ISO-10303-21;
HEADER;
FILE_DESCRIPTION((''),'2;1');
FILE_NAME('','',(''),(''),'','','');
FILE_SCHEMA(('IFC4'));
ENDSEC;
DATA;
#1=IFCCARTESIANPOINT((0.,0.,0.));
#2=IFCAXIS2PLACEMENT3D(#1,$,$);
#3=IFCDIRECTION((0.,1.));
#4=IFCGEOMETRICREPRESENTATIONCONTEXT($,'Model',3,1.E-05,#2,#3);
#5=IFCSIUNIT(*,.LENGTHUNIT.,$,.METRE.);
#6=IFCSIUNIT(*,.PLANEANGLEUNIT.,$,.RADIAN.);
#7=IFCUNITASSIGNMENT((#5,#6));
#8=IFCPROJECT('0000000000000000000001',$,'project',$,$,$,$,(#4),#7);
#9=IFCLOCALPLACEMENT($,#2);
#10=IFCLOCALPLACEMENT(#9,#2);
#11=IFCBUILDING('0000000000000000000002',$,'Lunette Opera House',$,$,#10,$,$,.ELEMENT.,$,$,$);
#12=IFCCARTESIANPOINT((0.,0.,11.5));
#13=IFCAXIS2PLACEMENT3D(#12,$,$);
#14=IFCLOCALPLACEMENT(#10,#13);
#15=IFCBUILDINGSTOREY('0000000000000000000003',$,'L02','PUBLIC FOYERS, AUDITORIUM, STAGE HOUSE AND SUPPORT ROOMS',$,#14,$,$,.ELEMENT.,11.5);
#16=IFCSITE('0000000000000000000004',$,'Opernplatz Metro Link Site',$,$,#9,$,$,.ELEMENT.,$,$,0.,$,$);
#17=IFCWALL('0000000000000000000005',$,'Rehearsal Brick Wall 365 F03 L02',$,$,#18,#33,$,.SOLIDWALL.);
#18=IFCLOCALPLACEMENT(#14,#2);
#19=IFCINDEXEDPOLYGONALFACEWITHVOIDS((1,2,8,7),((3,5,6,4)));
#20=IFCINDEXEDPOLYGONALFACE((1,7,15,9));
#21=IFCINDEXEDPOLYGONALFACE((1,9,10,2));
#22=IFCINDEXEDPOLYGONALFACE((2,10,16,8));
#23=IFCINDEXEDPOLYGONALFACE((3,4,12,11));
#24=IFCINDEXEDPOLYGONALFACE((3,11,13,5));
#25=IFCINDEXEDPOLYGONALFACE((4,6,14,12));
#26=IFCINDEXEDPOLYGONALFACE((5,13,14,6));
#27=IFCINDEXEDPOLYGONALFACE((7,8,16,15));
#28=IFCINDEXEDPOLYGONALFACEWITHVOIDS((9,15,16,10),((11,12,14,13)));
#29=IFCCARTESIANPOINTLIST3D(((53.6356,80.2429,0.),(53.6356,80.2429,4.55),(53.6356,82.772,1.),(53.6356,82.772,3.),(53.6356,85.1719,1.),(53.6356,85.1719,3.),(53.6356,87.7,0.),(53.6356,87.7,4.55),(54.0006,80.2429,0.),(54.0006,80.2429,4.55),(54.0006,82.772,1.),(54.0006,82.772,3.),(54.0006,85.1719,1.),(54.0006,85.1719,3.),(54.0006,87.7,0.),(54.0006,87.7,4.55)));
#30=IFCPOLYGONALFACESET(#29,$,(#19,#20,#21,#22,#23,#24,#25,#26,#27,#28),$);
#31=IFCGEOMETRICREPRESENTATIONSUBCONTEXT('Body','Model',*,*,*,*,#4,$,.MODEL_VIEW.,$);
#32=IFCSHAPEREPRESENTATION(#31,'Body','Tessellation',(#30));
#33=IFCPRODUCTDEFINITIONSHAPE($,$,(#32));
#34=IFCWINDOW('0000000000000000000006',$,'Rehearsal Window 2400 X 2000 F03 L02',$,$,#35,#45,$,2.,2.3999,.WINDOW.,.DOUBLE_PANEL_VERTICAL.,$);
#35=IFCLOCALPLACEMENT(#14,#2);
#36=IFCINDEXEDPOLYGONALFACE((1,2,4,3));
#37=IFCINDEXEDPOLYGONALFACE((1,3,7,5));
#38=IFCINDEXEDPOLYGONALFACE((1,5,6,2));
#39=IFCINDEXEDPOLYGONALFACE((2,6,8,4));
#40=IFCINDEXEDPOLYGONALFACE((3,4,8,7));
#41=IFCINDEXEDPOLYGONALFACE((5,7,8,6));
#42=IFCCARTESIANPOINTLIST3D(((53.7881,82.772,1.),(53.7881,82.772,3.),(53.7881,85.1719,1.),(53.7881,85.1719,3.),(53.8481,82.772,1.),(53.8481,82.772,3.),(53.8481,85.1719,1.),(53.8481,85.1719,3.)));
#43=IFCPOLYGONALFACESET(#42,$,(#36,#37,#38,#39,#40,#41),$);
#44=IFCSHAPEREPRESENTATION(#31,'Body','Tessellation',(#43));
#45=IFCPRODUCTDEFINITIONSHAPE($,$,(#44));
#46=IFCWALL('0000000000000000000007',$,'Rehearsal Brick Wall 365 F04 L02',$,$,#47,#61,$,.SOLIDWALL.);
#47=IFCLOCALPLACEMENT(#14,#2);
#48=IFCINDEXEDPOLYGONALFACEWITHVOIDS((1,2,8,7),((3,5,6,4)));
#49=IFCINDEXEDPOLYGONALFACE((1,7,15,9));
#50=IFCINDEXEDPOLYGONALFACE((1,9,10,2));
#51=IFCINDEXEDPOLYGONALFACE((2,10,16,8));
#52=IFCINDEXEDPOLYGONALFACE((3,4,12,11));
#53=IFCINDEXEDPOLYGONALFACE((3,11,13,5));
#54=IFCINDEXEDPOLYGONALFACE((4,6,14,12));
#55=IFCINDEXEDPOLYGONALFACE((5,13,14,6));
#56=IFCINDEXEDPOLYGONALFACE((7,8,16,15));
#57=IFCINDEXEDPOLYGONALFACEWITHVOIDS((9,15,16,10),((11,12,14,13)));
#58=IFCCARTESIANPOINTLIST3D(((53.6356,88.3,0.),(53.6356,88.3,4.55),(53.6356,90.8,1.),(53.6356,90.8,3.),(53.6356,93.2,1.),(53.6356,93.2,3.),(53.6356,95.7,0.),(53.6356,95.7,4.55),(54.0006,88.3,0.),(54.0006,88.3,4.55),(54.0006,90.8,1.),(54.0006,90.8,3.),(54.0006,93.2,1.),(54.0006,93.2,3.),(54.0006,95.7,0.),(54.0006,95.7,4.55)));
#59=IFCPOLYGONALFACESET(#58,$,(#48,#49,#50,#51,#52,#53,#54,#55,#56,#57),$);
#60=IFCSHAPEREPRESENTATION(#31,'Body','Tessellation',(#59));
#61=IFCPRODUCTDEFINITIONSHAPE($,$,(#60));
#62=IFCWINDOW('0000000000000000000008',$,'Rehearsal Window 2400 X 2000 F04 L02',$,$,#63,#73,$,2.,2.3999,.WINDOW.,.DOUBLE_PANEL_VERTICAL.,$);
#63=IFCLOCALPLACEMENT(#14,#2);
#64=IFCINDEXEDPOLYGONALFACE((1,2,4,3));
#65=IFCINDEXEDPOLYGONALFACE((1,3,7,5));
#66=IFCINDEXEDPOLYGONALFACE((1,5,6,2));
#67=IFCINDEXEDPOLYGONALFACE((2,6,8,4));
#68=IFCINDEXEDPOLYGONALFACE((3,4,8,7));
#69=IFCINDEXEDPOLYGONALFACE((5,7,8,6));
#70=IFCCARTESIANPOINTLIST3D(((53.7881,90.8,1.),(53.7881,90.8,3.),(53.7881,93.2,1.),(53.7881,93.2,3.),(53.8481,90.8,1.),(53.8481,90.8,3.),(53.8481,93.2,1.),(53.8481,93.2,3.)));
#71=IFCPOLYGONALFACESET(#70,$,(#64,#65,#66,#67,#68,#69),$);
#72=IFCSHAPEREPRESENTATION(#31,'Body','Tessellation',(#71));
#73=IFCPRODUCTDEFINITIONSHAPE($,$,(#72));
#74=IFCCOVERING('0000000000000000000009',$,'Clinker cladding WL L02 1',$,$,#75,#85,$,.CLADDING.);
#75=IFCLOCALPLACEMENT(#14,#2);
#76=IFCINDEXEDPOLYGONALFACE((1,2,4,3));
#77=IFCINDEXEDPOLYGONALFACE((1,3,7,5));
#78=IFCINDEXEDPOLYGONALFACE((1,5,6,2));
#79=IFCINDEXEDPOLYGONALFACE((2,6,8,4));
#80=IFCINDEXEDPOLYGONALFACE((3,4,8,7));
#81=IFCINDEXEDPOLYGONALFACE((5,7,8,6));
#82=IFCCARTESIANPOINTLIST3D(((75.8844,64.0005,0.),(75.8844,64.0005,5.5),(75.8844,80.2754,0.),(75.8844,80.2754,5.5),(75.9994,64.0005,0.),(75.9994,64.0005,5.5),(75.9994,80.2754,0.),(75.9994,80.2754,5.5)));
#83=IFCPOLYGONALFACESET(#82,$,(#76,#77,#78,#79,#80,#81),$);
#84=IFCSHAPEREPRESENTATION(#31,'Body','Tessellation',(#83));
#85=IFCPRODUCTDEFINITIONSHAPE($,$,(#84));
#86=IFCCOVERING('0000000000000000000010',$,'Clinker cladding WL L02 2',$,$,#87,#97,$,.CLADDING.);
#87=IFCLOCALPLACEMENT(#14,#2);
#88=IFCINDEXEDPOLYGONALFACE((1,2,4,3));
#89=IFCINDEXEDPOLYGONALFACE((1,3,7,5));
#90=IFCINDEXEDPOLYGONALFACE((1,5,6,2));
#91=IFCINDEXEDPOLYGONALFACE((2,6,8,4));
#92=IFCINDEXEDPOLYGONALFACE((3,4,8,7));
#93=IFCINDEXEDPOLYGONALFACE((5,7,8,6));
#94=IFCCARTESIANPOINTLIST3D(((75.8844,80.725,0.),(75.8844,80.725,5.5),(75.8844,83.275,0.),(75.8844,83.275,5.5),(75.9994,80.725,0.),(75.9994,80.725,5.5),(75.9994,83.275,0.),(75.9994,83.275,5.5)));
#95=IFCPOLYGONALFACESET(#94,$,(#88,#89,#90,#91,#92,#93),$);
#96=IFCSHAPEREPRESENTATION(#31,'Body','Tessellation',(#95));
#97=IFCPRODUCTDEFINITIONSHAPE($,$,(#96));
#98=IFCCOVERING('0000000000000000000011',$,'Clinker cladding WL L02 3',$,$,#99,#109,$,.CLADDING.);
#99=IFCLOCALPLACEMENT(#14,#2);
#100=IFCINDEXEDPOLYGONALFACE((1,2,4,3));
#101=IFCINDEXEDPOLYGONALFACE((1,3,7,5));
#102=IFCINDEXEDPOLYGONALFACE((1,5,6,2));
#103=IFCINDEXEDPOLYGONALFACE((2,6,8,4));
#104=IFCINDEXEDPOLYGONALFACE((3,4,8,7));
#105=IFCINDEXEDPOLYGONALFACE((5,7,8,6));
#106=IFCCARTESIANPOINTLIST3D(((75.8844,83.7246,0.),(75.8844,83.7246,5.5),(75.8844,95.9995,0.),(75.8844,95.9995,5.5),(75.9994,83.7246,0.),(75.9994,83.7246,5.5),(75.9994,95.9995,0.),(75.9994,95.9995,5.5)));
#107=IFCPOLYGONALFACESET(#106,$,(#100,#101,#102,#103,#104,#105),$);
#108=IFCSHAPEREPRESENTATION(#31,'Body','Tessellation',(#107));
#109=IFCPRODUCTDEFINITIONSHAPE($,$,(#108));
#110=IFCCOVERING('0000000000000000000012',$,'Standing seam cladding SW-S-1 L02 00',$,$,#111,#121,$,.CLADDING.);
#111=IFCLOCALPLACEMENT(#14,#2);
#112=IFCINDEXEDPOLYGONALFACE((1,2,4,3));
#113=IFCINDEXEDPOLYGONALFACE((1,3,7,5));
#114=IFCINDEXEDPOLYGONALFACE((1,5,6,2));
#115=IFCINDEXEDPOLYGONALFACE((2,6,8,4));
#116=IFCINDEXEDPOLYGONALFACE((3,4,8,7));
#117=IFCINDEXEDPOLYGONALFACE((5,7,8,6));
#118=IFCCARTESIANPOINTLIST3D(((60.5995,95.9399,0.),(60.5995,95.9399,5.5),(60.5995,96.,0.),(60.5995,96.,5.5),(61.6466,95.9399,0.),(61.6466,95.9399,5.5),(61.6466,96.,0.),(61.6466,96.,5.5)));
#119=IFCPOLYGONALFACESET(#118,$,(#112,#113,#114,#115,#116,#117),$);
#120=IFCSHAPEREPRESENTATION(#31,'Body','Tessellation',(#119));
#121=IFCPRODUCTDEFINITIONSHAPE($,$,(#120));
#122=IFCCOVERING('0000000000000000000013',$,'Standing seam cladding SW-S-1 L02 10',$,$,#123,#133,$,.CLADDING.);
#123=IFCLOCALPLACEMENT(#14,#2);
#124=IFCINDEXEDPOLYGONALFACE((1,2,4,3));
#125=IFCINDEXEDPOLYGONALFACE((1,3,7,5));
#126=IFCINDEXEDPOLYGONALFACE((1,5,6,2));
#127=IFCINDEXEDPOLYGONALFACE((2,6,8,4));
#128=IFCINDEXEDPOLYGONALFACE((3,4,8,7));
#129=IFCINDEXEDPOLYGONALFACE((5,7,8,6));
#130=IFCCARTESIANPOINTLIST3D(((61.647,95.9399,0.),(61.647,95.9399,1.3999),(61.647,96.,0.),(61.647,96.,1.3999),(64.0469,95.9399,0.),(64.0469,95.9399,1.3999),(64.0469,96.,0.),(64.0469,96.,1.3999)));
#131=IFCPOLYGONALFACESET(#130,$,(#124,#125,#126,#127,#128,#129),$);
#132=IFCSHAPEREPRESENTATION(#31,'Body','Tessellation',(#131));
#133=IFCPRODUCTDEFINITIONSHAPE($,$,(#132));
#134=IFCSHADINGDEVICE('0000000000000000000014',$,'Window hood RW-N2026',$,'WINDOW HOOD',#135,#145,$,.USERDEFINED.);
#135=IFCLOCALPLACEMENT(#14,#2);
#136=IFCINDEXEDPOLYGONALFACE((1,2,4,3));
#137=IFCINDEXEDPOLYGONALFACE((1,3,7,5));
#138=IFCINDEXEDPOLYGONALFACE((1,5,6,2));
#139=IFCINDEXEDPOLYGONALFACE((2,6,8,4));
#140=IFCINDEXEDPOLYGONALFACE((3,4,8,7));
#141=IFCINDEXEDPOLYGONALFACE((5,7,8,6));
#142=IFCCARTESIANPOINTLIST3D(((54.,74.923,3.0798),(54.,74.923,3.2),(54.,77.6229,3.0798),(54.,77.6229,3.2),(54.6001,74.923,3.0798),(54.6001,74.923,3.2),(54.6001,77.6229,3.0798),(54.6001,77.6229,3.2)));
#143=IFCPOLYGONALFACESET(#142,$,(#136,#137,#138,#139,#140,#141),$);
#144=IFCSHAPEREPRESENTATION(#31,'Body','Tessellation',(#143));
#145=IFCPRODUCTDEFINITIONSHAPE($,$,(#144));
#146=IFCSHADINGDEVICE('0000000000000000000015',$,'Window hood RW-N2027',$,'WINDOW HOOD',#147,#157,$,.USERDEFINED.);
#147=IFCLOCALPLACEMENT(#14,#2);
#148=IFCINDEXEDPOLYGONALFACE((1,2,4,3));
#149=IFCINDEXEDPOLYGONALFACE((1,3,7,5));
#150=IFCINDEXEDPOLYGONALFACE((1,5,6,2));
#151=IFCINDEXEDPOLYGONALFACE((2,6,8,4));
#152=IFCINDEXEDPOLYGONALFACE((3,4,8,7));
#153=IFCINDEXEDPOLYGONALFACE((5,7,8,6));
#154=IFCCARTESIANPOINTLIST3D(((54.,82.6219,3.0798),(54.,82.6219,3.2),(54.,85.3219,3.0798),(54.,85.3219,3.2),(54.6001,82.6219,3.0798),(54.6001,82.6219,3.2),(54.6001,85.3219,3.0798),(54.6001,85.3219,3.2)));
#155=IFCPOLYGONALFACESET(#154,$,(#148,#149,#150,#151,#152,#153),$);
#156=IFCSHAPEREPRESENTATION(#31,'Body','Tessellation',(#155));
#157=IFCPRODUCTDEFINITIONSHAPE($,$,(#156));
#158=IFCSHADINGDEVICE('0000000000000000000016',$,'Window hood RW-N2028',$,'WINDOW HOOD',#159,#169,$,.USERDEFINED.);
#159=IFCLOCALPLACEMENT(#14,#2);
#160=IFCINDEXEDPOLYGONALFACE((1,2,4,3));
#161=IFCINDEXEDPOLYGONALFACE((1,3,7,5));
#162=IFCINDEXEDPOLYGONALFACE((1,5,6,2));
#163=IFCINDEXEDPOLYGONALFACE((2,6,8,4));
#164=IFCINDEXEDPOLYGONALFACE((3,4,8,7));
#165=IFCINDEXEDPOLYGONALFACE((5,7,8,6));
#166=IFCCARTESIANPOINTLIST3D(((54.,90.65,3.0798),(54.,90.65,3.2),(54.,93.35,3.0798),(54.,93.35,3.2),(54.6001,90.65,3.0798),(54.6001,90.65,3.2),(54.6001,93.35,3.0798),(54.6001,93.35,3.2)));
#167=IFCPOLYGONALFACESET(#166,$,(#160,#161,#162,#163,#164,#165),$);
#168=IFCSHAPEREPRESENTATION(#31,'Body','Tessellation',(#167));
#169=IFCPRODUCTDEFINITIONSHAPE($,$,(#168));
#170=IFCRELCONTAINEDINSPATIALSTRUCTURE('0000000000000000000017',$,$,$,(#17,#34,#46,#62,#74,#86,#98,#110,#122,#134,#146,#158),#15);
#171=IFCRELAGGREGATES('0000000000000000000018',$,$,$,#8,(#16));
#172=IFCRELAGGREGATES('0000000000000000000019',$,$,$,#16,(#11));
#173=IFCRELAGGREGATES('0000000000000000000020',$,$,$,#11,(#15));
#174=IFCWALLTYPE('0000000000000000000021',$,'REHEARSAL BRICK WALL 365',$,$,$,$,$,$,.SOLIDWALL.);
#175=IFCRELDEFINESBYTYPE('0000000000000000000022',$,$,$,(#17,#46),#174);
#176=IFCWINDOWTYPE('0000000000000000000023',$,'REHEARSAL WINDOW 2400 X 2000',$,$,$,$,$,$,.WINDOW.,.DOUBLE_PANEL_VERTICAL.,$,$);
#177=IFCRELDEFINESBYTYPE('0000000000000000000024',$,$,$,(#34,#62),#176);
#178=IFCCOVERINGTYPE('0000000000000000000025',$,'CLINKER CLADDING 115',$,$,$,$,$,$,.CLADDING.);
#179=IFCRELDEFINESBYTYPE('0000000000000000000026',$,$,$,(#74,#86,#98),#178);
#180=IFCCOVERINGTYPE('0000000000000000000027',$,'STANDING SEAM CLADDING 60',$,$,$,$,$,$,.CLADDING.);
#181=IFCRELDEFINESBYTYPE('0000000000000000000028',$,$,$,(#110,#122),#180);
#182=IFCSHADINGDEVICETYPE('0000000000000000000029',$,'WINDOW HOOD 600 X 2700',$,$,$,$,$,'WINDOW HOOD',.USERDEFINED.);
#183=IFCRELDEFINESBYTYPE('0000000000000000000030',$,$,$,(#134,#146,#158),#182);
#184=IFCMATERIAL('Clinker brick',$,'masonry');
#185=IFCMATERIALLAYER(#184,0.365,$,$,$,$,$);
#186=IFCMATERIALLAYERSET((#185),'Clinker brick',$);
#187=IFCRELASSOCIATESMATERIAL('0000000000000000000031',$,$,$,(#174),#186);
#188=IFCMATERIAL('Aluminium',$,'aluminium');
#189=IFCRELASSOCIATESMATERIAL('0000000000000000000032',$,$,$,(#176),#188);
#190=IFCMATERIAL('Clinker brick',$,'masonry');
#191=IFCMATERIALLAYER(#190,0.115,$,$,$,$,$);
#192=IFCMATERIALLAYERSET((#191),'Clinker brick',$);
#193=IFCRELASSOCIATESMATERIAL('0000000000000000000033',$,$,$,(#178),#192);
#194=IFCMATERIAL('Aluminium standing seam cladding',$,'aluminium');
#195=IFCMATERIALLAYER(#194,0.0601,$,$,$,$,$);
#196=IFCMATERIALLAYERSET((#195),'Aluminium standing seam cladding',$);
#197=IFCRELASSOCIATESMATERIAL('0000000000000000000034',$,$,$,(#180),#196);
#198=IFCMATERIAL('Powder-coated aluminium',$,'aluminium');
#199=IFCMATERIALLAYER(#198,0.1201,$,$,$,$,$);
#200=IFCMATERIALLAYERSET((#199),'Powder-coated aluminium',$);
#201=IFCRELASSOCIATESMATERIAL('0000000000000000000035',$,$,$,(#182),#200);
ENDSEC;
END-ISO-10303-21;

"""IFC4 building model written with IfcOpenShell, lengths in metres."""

from ifc_helpers import new_model, si_unit, direction, frame, frame_2d, origin, origin_2d, place, context, subcontext, project, spatial, rectangle, extrude, material, layer, layer_set, type_object, element, fill, save


model = new_model("IFC4")

# Units and contexts
model_context = context("Model", 3, precision=1e-05, world=origin(), true_north=direction((0.0, 1.0)))
body_context = subcontext(model_context, "Body", "Model", "MODEL_VIEW")
ifc_project = project(units=[si_unit("LENGTHUNIT", "METRE"), si_unit("PLANEANGLEUNIT", "RADIAN")], contexts=[model_context])

# Site, building, storey
site_placement = place(None, origin())
site = spatial("IfcSite", under=ifc_project, at=site_placement, Name="Opernplatz Metro Link Site", CompositionType="ELEMENT", RefElevation=0.0)
building_placement = place(site_placement, origin())
building = spatial("IfcBuilding", under=site, at=building_placement, Name="Lunette Opera House", CompositionType="ELEMENT")
storey_placement = place(building_placement, frame((0.0, 0.0, 11.5)))
storey = spatial("IfcBuildingStorey", under=building, at=storey_placement, Name="L02", Description="PUBLIC FOYERS, AUDITORIUM, STAGE HOUSE AND SUPPORT ROOMS", CompositionType="ELEMENT", Elevation=11.5)

# Walls, openings, windows
ifc_material_1 = material(Name="Clinker brick", Category="masonry")
ifc_layer_1 = layer(ifc_material_1, 0.365)
ifc_layer_set_1 = layer_set([ifc_layer_1], Name="Clinker brick")
wall_type_1 = type_object("IfcWallType", Name="REHEARSAL BRICK WALL 365", PredefinedType="SOLIDWALL", material=ifc_layer_set_1)
ifc_material_2 = material(Name="Aluminium", Category="aluminium")
window_type_1 = type_object("IfcWindowType", Name="REHEARSAL WINDOW 2400 X 2000", PartitioningType="DOUBLE_PANEL_VERTICAL", PredefinedType="WINDOW", material=ifc_material_2)
wall_1_placement = place(storey_placement, frame((53.8181, 80.2429, 0.0), z_axis=(0.0, 0.0, 1.0), x_axis=(0.0, 1.0, 0.0)))
wall_1 = element("IfcWall", 1, at=wall_1_placement, inside=storey, type_object=wall_type_1, Name="Rehearsal Brick Wall 365 F03 L02", PredefinedType="SOLIDWALL", context=body_context, shape_type="SweptSolid", body=[
    extrude(rectangle(XDim=7.457, YDim=0.365, at=frame_2d((3.7285, 0.0))), origin(), (0.0, 0.0, 1.0), 4.55),
])
opening_1_placement = place(wall_1_placement, frame((2.5291, 0.0, 1.0)))
opening_1 = element("IfcOpeningElement", 2, at=opening_1_placement, cuts=wall_1, PredefinedType="OPENING", context=body_context, shape_type="SweptSolid", body=[
    extrude(rectangle(XDim=2.3999, YDim=2.0, at=frame_2d((1.2, 1.0))), frame((0.0, 0.1946, 0.0), z_axis=(0.0, -1.0, 0.0), x_axis=(1.0, 0.0, 0.0)), (0.0, 0.0, 1.0), 0.3889),
])
window_1_placement = place(opening_1_placement, origin())
window_1 = element("IfcWindow", 3, at=window_1_placement, inside=storey, type_object=window_type_1, Name="Rehearsal Window 2400 X 2000 F03 L02", OverallHeight=2.0, OverallWidth=2.3999, PartitioningType="DOUBLE_PANEL_VERTICAL", PredefinedType="WINDOW", context=body_context, shape_type="SweptSolid", body=[
    extrude(rectangle(XDim=2.3999, YDim=2.0, at=frame_2d((1.2, 1.0))), frame((0.0, 0.03, 0.0), z_axis=(0.0, -1.0, 0.0), x_axis=(1.0, 0.0, 0.0)), (0.0, 0.0, 1.0), 0.0601),
])
fill(opening_1, window_1)
wall_2_placement = place(storey_placement, frame((53.8181, 88.3, 0.0), z_axis=(0.0, 0.0, 1.0), x_axis=(0.0, 1.0, 0.0)))
wall_2 = element("IfcWall", 4, at=wall_2_placement, inside=storey, type_object=wall_type_1, Name="Rehearsal Brick Wall 365 F04 L02", PredefinedType="SOLIDWALL", context=body_context, shape_type="SweptSolid", body=[
    extrude(rectangle(XDim=7.3999, YDim=0.365, at=frame_2d((3.7, 0.0))), origin(), (0.0, 0.0, 1.0), 4.55),
])
opening_2_placement = place(wall_2_placement, frame((2.5, 0.0, 1.0)))
opening_2 = element("IfcOpeningElement", 5, at=opening_2_placement, cuts=wall_2, PredefinedType="OPENING", context=body_context, shape_type="SweptSolid", body=[
    extrude(rectangle(XDim=2.3999, YDim=2.0, at=frame_2d((1.2, 1.0))), frame((0.0, 0.1946, 0.0), z_axis=(0.0, -1.0, 0.0), x_axis=(1.0, 0.0, 0.0)), (0.0, 0.0, 1.0), 0.3889),
])
window_2_placement = place(opening_2_placement, origin())
window_2 = element("IfcWindow", 6, at=window_2_placement, inside=storey, type_object=window_type_1, Name="Rehearsal Window 2400 X 2000 F04 L02", OverallHeight=2.0, OverallWidth=2.3999, PartitioningType="DOUBLE_PANEL_VERTICAL", PredefinedType="WINDOW", context=body_context, shape_type="SweptSolid", body=[
    extrude(rectangle(XDim=2.3999, YDim=2.0, at=frame_2d((1.2, 1.0))), frame((0.0, 0.03, 0.0), z_axis=(0.0, -1.0, 0.0), x_axis=(1.0, 0.0, 0.0)), (0.0, 0.0, 1.0), 0.0601),
])
fill(opening_2, window_2)

# Coverings
ifc_material_3 = material(Name="Clinker brick", Category="masonry")
ifc_layer_2 = layer(ifc_material_3, 0.115)
ifc_layer_set_2 = layer_set([ifc_layer_2], Name="Clinker brick")
covering_type_1 = type_object("IfcCoveringType", Name="CLINKER CLADDING 115", PredefinedType="CLADDING", material=ifc_layer_set_2)
covering_1_placement = place(storey_placement, frame((75.9419, 72.1379, 0.0), z_axis=(0.0, 0.0, 1.0), x_axis=(1.0, 0.0, 0.0)))
element("IfcCovering", 7, at=covering_1_placement, inside=storey, type_object=covering_type_1, Name="Clinker cladding WL L02 1", PredefinedType="CLADDING", context=body_context, shape_type="SweptSolid", body=[
    extrude(rectangle(XDim=0.115, YDim=16.2749, at=origin_2d()), origin(), (0.0, 0.0, 1.0), 5.5),
])
covering_2_placement = place(storey_placement, frame((75.9419, 82.0, 0.0), z_axis=(0.0, 0.0, 1.0), x_axis=(1.0, 0.0, 0.0)))
element("IfcCovering", 8, at=covering_2_placement, inside=storey, type_object=covering_type_1, Name="Clinker cladding WL L02 2", PredefinedType="CLADDING", context=body_context, shape_type="SweptSolid", body=[
    extrude(rectangle(XDim=0.115, YDim=2.55, at=origin_2d()), origin(), (0.0, 0.0, 1.0), 5.5),
])
covering_3_placement = place(storey_placement, frame((75.9419, 89.8621, 0.0), z_axis=(0.0, 0.0, 1.0), x_axis=(1.0, 0.0, 0.0)))
element("IfcCovering", 9, at=covering_3_placement, inside=storey, type_object=covering_type_1, Name="Clinker cladding WL L02 3", PredefinedType="CLADDING", context=body_context, shape_type="SweptSolid", body=[
    extrude(rectangle(XDim=0.115, YDim=12.2749, at=origin_2d()), origin(), (0.0, 0.0, 1.0), 5.5),
])

# Coverings
ifc_material_4 = material(Name="Aluminium standing seam cladding", Category="aluminium")
ifc_layer_3 = layer(ifc_material_4, 0.0601)
ifc_layer_set_3 = layer_set([ifc_layer_3], Name="Aluminium standing seam cladding")
covering_type_2 = type_object("IfcCoveringType", Name="STANDING SEAM CLADDING 60", PredefinedType="CLADDING", material=ifc_layer_set_3)
covering_4_placement = place(storey_placement, frame((61.123, 95.97, 0.0), z_axis=(0.0, 0.0, 1.0), x_axis=(1.0, 0.0, 0.0)))
element("IfcCovering", 10, at=covering_4_placement, inside=storey, type_object=covering_type_2, Name="Standing seam cladding SW-S-1 L02 00", PredefinedType="CLADDING", context=body_context, shape_type="SweptSolid", body=[
    extrude(rectangle(XDim=1.0471, YDim=0.0601, at=origin_2d()), origin(), (0.0, 0.0, 1.0), 5.5),
])
covering_5_placement = place(storey_placement, frame((62.8469, 95.97, 0.0), z_axis=(0.0, 0.0, 1.0), x_axis=(1.0, 0.0, 0.0)))
element("IfcCovering", 11, at=covering_5_placement, inside=storey, type_object=covering_type_2, Name="Standing seam cladding SW-S-1 L02 10", PredefinedType="CLADDING", context=body_context, shape_type="SweptSolid", body=[
    extrude(rectangle(XDim=2.3999, YDim=0.0601, at=origin_2d()), origin(), (0.0, 0.0, 1.0), 1.3999),
])

# Shading devices
ifc_material_5 = material(Name="Powder-coated aluminium", Category="aluminium")
ifc_layer_4 = layer(ifc_material_5, 0.1201)
ifc_layer_set_4 = layer_set([ifc_layer_4], Name="Powder-coated aluminium")
shading_device_type = type_object("IfcShadingDeviceType", Name="WINDOW HOOD 600 X 2700", ElementType="WINDOW HOOD", PredefinedType="USERDEFINED", material=ifc_layer_set_4)
for number, where, z_axis, x_axis, name in (
    (12, (54.3, 76.2729, 3.0798), (0.0, 0.0, 1.0), (1.0, 0.0, 0.0), "Window hood RW-N2026"),
    (13, (54.3, 83.9719, 3.0798), (0.0, 0.0, 1.0), (1.0, 0.0, 0.0), "Window hood RW-N2027"),
    (14, (54.3, 92.0, 3.0798), (0.0, 0.0, 1.0), (1.0, 0.0, 0.0), "Window hood RW-N2028"),
):
    element("IfcShadingDevice", number, at=place(storey_placement, frame(where, z_axis=z_axis, x_axis=x_axis)), inside=storey, type_object=shading_device_type, Name=name, ObjectType="WINDOW HOOD", PredefinedType="USERDEFINED", context=body_context, shape_type="SweptSolid", body=[
        extrude(rectangle(XDim=0.6001, YDim=2.7, at=origin_2d()), origin(), (0.0, 0.0, 1.0), 0.1201),
    ])

save(model, "model.ifc")
